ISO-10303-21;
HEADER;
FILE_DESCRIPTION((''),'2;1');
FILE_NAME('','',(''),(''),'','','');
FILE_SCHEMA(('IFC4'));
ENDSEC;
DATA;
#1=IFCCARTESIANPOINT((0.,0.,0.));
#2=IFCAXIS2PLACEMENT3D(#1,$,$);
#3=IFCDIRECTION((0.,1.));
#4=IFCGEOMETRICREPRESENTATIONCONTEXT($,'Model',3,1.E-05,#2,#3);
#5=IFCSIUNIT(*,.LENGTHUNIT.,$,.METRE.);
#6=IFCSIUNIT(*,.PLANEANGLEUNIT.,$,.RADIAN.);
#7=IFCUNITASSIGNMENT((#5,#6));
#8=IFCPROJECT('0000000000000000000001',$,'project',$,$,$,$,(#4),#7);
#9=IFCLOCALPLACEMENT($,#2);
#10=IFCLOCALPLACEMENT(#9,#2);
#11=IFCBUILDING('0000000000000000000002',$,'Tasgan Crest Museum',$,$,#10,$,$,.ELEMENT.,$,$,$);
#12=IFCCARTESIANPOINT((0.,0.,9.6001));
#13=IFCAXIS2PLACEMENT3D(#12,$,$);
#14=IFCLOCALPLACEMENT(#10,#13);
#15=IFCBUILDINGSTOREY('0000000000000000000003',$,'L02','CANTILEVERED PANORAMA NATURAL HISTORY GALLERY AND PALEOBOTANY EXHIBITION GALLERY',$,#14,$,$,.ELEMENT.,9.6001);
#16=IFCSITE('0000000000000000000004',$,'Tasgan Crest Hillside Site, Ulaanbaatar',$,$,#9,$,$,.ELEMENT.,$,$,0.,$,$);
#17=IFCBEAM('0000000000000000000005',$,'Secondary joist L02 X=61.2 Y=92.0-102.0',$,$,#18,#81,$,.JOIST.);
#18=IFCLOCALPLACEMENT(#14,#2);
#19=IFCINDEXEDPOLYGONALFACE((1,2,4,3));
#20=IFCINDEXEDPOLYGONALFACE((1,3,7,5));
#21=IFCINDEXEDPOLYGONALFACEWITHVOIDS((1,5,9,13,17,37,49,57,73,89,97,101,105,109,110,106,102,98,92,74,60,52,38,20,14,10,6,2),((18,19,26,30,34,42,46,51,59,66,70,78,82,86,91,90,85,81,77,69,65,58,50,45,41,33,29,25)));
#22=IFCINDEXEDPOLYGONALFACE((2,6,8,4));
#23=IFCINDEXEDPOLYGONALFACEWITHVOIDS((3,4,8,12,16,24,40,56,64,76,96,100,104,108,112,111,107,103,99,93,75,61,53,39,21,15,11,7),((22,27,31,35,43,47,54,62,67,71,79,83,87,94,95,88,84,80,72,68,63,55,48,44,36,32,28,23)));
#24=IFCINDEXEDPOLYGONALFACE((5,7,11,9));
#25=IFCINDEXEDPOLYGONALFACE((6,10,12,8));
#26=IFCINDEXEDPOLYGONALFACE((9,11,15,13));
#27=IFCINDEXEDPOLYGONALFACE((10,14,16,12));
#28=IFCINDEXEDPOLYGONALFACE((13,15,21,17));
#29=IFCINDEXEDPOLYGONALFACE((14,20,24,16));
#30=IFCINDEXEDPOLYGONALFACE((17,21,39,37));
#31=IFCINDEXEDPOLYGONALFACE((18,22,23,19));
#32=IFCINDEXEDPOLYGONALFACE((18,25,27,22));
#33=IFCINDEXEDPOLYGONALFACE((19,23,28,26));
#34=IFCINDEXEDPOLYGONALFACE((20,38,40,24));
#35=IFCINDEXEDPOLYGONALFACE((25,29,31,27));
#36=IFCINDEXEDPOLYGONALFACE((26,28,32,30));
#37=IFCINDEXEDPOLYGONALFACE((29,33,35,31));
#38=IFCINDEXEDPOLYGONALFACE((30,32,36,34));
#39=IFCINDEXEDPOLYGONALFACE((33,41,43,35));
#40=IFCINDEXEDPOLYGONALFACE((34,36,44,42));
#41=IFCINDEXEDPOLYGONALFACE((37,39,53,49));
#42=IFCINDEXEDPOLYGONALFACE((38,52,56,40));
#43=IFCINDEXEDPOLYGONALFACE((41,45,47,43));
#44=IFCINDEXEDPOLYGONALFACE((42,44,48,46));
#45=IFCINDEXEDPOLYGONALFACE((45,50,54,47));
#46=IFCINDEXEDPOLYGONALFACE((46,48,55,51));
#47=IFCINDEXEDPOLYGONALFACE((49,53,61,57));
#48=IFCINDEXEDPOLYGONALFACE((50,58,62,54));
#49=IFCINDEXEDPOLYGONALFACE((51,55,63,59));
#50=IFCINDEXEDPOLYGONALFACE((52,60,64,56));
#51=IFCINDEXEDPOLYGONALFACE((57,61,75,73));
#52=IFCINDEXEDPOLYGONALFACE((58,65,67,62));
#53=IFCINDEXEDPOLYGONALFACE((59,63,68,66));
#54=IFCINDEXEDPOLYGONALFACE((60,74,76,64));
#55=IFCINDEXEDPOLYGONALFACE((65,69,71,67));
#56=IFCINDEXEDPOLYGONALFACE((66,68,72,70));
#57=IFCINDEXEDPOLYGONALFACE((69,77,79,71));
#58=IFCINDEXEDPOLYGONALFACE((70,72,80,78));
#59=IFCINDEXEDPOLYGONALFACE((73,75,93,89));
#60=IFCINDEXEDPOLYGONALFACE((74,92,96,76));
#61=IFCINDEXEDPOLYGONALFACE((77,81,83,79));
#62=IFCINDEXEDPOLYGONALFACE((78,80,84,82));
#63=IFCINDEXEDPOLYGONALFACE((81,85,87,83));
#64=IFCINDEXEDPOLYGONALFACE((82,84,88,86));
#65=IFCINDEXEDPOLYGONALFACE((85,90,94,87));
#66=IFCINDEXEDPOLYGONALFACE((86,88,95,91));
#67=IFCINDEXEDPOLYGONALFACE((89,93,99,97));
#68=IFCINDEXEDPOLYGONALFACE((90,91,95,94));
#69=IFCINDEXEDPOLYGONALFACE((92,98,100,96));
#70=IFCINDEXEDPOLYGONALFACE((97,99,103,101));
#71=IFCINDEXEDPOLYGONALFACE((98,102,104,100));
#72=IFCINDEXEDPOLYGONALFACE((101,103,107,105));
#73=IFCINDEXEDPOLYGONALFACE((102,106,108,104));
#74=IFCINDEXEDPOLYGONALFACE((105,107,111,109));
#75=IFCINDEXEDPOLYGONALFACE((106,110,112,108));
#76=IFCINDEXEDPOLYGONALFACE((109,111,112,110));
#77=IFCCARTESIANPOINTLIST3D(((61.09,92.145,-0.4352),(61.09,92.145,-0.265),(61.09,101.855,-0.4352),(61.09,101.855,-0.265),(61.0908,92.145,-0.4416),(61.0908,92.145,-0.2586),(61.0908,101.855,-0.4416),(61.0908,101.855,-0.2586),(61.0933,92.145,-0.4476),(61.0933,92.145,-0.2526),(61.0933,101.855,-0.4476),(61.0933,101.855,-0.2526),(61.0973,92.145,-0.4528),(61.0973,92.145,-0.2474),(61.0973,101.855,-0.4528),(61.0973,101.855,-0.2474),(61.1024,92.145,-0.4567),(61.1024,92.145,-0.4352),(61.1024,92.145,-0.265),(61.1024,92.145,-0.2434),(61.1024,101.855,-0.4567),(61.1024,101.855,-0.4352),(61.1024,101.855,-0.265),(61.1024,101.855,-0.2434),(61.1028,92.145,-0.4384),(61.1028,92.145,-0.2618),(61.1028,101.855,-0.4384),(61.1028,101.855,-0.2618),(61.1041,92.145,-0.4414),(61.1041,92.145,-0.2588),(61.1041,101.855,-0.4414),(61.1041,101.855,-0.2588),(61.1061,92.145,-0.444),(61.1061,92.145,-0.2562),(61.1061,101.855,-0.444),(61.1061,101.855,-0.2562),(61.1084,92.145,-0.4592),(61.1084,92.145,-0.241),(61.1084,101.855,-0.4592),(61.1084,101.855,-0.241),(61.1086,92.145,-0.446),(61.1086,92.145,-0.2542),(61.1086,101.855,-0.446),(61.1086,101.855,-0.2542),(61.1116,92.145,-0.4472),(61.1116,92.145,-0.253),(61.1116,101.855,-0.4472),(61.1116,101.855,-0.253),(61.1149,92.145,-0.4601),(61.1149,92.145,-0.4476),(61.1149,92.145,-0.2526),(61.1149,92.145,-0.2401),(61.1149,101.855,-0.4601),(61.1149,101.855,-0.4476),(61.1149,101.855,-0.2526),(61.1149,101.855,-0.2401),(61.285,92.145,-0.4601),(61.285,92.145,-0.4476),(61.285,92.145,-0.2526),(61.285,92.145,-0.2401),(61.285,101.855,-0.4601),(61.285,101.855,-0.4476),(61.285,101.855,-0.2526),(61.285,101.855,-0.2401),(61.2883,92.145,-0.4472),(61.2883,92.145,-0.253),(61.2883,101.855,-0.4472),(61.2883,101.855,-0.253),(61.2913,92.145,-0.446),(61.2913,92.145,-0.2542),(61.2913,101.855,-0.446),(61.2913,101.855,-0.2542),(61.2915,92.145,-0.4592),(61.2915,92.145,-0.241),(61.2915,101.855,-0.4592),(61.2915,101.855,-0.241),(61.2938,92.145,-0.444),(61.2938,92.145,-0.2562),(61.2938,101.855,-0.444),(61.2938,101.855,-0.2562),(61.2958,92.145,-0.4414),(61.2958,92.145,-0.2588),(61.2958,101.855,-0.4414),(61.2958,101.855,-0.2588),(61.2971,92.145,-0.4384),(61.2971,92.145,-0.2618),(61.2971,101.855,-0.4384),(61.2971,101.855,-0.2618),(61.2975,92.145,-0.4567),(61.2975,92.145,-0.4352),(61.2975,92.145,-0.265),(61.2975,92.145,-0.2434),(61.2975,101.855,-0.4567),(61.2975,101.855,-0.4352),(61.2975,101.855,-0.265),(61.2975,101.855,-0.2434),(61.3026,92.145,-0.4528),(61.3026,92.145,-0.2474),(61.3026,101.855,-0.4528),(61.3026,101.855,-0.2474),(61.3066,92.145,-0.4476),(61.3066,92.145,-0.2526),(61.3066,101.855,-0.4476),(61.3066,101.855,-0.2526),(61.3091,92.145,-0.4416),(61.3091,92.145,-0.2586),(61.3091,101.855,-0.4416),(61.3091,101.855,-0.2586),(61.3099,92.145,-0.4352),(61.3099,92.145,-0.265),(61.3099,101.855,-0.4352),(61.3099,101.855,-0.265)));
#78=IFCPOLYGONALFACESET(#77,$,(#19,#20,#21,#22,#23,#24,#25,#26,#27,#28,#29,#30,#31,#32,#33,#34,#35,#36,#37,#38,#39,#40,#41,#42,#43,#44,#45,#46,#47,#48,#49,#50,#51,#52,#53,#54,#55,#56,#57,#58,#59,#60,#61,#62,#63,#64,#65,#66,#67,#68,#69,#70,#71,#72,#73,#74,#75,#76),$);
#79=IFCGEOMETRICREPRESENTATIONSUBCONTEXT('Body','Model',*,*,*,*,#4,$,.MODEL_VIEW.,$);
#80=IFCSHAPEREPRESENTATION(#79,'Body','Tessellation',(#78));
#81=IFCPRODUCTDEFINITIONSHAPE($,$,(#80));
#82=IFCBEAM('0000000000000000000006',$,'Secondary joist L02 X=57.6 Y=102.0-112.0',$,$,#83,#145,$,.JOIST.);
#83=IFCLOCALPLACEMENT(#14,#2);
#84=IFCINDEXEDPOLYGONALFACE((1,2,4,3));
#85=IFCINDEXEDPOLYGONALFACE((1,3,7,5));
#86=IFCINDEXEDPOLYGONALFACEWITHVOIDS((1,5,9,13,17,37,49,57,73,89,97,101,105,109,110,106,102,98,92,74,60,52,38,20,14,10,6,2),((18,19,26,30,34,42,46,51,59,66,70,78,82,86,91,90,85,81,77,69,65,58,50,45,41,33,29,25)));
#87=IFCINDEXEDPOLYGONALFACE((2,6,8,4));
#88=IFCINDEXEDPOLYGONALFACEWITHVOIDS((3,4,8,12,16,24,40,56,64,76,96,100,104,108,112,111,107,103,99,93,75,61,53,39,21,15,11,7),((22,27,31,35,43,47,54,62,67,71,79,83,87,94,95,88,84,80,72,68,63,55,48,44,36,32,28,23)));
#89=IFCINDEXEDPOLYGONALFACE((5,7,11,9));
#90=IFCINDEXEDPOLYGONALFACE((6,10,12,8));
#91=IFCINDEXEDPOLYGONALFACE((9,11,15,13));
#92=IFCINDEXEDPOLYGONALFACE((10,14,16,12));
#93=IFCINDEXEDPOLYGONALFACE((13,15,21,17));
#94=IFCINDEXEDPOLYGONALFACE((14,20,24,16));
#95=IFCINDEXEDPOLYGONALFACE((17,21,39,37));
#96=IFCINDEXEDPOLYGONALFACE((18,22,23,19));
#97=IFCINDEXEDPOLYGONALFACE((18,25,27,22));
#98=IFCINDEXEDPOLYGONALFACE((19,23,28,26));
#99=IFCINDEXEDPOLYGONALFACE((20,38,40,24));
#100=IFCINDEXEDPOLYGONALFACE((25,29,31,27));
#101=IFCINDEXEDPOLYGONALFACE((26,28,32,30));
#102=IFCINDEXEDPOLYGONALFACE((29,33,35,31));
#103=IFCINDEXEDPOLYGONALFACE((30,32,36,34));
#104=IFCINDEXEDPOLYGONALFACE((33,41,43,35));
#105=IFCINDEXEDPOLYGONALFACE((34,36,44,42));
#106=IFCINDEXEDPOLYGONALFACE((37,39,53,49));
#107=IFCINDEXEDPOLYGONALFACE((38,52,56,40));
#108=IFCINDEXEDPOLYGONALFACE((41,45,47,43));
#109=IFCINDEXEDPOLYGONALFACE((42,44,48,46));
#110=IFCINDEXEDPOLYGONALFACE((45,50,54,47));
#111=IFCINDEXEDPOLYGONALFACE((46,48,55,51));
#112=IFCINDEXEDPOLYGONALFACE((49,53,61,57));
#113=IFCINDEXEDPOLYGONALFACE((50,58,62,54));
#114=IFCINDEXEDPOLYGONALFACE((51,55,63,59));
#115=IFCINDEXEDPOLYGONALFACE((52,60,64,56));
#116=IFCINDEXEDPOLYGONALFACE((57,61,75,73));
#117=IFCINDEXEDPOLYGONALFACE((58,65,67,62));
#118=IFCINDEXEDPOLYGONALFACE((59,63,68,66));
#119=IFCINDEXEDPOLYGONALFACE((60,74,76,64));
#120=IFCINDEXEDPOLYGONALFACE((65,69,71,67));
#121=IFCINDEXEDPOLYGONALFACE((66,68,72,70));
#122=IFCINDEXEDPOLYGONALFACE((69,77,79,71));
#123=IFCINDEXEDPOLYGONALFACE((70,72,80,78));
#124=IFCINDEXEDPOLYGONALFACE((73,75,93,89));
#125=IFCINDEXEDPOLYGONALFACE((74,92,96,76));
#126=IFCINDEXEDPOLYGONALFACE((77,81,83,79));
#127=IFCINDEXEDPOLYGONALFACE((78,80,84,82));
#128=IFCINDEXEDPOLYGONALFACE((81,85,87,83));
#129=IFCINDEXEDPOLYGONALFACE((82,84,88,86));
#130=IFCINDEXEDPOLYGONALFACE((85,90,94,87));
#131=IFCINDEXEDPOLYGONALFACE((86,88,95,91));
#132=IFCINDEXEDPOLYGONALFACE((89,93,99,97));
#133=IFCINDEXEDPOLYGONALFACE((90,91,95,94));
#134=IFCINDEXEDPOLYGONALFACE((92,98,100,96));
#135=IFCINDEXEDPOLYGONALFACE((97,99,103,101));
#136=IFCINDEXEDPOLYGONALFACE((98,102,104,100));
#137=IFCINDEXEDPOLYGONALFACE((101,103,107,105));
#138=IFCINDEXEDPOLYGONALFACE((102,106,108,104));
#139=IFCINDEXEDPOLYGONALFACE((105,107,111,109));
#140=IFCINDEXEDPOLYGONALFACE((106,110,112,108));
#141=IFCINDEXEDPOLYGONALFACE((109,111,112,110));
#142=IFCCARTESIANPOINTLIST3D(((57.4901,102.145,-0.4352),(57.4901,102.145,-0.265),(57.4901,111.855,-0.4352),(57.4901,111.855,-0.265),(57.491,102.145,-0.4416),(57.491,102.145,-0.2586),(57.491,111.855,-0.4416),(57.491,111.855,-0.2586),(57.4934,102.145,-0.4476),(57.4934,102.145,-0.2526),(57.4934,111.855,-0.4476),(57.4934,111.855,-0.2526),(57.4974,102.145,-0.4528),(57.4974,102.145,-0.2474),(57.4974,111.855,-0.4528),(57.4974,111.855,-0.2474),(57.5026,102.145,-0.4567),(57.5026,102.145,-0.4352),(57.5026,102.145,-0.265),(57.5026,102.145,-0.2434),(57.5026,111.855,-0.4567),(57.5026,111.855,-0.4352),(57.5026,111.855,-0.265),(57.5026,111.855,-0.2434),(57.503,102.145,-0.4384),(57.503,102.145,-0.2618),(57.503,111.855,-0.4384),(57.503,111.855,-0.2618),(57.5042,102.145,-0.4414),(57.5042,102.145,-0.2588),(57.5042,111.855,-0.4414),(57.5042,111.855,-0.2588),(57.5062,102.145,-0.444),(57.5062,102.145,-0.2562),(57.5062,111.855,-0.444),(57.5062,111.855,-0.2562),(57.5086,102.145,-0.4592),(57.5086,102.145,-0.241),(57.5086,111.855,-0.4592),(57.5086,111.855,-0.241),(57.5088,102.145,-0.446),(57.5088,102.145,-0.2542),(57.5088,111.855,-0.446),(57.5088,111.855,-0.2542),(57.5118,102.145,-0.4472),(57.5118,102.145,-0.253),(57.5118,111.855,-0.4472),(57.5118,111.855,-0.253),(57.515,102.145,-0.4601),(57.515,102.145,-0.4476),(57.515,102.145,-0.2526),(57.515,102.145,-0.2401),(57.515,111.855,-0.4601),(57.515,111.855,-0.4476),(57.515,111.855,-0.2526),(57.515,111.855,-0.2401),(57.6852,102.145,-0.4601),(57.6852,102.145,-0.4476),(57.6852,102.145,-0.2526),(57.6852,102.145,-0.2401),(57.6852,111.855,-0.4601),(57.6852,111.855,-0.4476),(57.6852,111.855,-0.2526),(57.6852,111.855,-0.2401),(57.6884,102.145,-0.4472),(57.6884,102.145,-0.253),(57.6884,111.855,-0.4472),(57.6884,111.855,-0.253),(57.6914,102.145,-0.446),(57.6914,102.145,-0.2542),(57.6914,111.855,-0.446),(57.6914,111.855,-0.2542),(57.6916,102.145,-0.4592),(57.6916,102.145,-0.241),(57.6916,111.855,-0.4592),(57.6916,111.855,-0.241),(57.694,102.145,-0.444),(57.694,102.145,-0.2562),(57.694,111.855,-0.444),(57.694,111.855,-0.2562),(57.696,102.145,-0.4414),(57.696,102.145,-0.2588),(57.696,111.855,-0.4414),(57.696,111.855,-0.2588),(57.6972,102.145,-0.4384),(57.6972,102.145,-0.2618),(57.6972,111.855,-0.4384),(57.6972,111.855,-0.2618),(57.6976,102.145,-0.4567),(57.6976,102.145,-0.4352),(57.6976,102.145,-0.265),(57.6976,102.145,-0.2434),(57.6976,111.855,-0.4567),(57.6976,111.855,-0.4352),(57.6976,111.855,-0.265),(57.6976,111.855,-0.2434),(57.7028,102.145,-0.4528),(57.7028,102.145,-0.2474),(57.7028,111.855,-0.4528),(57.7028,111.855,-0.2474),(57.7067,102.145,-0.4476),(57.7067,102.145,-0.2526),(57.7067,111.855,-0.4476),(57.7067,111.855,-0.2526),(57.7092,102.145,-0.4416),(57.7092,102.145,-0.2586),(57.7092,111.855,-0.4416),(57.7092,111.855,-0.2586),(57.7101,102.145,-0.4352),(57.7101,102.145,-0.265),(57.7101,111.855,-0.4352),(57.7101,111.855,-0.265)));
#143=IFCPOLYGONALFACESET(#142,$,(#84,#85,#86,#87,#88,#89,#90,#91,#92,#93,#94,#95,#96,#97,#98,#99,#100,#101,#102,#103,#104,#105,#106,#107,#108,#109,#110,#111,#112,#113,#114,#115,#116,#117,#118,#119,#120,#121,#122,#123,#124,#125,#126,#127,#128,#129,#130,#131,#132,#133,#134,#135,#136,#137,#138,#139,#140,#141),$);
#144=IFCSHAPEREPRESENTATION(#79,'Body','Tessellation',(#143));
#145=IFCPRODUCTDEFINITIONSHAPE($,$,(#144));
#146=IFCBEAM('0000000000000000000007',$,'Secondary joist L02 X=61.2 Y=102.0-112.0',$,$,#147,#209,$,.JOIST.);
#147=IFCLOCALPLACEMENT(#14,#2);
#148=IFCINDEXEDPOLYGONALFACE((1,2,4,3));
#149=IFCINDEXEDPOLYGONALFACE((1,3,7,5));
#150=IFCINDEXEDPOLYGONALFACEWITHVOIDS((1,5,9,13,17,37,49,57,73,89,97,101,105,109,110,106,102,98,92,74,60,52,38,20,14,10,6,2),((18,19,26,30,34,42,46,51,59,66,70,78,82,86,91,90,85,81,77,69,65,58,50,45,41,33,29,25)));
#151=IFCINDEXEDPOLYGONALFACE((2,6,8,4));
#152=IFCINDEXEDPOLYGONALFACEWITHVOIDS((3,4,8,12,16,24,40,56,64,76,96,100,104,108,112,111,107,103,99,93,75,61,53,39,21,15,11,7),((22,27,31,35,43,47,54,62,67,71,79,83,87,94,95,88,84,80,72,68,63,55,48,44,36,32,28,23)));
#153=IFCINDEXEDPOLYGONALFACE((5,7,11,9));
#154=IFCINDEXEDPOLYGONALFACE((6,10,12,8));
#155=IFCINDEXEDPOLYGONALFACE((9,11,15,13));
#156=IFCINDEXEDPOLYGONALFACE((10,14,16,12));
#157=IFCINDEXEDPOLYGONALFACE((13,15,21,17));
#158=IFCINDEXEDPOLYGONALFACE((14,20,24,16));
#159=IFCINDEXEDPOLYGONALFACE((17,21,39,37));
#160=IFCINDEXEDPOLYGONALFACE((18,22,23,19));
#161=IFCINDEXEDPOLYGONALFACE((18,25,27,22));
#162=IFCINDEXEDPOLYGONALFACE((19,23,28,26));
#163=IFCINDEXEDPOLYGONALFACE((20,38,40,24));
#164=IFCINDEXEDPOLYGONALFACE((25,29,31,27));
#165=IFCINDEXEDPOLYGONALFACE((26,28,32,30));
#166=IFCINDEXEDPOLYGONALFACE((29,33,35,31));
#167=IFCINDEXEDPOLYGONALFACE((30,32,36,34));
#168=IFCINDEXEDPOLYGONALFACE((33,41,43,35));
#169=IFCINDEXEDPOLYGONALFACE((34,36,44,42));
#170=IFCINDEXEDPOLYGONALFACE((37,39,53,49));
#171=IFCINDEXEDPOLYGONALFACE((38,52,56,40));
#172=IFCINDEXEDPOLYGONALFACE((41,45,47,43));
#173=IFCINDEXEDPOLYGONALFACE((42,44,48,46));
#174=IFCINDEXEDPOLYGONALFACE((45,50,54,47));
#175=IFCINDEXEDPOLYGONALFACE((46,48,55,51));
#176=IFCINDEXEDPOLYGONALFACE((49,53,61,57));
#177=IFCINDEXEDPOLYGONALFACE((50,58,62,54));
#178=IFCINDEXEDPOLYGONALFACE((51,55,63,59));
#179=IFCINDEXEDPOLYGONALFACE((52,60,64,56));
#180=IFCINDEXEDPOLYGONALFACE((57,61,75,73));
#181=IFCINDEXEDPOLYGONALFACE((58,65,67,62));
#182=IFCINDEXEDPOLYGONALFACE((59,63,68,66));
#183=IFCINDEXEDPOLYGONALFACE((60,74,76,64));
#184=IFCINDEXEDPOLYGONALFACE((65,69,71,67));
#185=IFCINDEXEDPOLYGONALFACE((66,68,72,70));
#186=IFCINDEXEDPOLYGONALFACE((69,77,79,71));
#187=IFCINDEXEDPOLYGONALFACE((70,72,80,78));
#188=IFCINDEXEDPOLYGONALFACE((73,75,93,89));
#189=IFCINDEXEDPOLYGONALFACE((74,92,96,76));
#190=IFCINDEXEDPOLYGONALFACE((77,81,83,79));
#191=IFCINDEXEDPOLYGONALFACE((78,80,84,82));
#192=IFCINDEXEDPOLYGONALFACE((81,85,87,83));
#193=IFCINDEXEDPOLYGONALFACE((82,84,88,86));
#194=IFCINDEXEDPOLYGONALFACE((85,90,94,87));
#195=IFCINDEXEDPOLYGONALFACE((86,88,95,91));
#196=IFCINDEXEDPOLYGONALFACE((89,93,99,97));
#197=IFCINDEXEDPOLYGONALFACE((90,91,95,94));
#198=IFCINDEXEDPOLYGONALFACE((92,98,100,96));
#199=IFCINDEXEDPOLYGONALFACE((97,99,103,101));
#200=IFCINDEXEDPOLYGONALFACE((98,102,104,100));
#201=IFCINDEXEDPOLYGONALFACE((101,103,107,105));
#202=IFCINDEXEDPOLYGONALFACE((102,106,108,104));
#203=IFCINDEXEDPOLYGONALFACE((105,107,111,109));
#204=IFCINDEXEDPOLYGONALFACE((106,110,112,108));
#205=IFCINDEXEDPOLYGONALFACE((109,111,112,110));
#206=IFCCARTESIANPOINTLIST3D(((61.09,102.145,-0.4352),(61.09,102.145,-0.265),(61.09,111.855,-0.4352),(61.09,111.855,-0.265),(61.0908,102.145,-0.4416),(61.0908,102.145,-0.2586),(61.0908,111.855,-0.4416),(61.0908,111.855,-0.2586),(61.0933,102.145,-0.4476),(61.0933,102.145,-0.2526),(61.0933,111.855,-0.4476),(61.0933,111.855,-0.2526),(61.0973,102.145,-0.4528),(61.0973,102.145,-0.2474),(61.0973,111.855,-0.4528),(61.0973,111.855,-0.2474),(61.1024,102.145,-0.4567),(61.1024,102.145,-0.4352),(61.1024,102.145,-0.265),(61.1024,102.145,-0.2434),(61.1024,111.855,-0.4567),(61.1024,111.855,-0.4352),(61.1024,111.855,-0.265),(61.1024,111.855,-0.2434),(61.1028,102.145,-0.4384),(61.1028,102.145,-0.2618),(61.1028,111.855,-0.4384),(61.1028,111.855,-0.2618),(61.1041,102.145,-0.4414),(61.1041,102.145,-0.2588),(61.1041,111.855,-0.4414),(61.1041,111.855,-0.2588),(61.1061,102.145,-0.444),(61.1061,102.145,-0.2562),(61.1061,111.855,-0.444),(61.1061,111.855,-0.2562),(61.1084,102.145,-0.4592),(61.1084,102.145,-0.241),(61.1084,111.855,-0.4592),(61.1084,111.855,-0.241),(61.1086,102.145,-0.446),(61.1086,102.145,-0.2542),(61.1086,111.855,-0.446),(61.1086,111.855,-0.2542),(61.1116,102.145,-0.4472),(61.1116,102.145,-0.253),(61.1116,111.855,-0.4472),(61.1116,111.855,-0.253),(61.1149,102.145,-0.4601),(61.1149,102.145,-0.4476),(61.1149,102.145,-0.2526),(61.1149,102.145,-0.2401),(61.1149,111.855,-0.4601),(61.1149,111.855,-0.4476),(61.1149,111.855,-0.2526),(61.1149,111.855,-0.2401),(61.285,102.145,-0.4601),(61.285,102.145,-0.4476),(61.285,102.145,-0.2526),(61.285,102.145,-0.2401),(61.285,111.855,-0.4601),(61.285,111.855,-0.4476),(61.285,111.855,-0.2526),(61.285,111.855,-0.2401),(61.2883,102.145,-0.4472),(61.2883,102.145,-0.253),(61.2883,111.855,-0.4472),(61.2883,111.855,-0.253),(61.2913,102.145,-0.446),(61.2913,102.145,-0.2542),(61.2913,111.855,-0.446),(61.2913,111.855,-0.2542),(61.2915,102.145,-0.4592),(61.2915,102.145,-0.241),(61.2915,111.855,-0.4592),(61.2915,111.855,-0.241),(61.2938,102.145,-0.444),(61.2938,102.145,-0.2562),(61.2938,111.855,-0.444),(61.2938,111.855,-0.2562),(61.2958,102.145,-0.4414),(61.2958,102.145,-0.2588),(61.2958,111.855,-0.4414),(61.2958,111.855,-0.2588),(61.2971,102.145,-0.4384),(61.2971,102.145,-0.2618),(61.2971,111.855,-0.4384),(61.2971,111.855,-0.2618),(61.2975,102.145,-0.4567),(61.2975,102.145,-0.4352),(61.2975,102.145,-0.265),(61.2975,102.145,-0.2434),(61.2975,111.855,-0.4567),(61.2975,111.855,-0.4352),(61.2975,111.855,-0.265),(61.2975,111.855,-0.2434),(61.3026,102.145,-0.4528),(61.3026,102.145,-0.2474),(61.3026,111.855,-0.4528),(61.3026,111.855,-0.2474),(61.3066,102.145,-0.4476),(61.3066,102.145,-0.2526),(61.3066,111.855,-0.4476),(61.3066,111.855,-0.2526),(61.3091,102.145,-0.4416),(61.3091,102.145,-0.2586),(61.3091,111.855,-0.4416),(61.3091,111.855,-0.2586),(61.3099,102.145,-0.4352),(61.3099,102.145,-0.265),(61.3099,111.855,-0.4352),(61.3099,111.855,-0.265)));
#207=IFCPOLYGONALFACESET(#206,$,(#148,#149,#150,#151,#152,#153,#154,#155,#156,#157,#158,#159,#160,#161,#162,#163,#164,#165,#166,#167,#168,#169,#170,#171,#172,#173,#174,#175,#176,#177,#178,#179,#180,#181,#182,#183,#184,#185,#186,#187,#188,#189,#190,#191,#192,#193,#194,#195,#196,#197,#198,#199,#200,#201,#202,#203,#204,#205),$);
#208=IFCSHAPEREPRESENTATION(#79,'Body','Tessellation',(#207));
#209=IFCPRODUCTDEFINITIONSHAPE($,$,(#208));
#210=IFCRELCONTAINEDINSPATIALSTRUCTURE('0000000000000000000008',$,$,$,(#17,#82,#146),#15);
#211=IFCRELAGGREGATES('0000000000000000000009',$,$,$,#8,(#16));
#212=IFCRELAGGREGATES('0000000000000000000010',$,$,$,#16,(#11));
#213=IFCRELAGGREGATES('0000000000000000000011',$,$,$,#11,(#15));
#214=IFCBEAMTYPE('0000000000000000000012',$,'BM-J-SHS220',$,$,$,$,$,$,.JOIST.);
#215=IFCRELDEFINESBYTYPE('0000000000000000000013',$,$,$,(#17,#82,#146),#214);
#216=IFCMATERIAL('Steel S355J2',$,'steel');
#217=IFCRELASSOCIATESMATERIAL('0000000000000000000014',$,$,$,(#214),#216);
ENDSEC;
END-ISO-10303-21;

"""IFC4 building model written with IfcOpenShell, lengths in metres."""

from ifc_helpers import new_model, si_unit, direction, frame, origin, origin_2d, place, context, subcontext, project, spatial, hollow_rectangle, extrude, material, material_profile, profile_set, type_object, element, save


model = new_model("IFC4")

# Units and contexts
model_context = context("Model", 3, precision=1e-05, world=origin(), true_north=direction((0.0, 1.0)))
body_context = subcontext(model_context, "Body", "Model", "MODEL_VIEW")
ifc_project = project(units=[si_unit("LENGTHUNIT", "METRE"), si_unit("PLANEANGLEUNIT", "RADIAN")], contexts=[model_context])

# Site, building, storey
site_placement = place(None, origin())
site = spatial("IfcSite", under=ifc_project, at=site_placement, Name="Tasgan Crest Hillside Site, Ulaanbaatar", CompositionType="ELEMENT", RefElevation=0.0)
building_placement = place(site_placement, origin())
building = spatial("IfcBuilding", under=site, at=building_placement, Name="Tasgan Crest Museum", CompositionType="ELEMENT")
storey_placement = place(building_placement, frame((0.0, 0.0, 9.6001)))
storey = spatial("IfcBuildingStorey", under=building, at=storey_placement, Name="L02", Description="CANTILEVERED PANORAMA NATURAL HISTORY GALLERY AND PALEOBOTANY EXHIBITION GALLERY", CompositionType="ELEMENT", Elevation=9.6001)

# Beams
ifc_material_1 = material(Name="Steel S355J2", Category="steel")
ifc_material_profile_1 = material_profile(ifc_material_1, hollow_rectangle(XDim=0.22, YDim=0.22, WallThickness=0.0125, InnerFilletRadius=0.0125, OuterFilletRadius=0.0249, at=origin_2d()), Name="SHS 220x220x12.5")
ifc_profile_set_1 = profile_set([ifc_material_profile_1], Name="Steel S355J2")
beam_type_1 = type_object("IfcBeamType", Name="BM-J-SHS220", PredefinedType="JOIST", material=ifc_profile_set_1)
for number, where, z_axis, x_axis, name in (
    (1, (61.2, 92.145, -0.3501), (0.0, 1.0, 0.0), (-1.0, 0.0, 0.0), "Secondary joist L02 X=61.2 Y=92.0-102.0"),
    (2, (57.6001, 102.145, -0.3501), (0.0, 1.0, 0.0), (-1.0, 0.0, 0.0), "Secondary joist L02 X=57.6 Y=102.0-112.0"),
    (3, (61.2, 102.145, -0.3501), (0.0, 1.0, 0.0), (-1.0, 0.0, 0.0), "Secondary joist L02 X=61.2 Y=102.0-112.0"),
):
    element("IfcBeam", number, at=place(storey_placement, frame(where, z_axis=z_axis, x_axis=x_axis)), inside=storey, type_object=beam_type_1, Name=name, PredefinedType="JOIST", context=body_context, shape_type="SweptSolid", body=[
        extrude(hollow_rectangle(XDim=0.22, YDim=0.22, WallThickness=0.0125, InnerFilletRadius=0.0125, OuterFilletRadius=0.0249, at=origin_2d()), origin(), (0.0, 0.0, 1.0), 9.71),
    ])

save(model, "model.ifc")
